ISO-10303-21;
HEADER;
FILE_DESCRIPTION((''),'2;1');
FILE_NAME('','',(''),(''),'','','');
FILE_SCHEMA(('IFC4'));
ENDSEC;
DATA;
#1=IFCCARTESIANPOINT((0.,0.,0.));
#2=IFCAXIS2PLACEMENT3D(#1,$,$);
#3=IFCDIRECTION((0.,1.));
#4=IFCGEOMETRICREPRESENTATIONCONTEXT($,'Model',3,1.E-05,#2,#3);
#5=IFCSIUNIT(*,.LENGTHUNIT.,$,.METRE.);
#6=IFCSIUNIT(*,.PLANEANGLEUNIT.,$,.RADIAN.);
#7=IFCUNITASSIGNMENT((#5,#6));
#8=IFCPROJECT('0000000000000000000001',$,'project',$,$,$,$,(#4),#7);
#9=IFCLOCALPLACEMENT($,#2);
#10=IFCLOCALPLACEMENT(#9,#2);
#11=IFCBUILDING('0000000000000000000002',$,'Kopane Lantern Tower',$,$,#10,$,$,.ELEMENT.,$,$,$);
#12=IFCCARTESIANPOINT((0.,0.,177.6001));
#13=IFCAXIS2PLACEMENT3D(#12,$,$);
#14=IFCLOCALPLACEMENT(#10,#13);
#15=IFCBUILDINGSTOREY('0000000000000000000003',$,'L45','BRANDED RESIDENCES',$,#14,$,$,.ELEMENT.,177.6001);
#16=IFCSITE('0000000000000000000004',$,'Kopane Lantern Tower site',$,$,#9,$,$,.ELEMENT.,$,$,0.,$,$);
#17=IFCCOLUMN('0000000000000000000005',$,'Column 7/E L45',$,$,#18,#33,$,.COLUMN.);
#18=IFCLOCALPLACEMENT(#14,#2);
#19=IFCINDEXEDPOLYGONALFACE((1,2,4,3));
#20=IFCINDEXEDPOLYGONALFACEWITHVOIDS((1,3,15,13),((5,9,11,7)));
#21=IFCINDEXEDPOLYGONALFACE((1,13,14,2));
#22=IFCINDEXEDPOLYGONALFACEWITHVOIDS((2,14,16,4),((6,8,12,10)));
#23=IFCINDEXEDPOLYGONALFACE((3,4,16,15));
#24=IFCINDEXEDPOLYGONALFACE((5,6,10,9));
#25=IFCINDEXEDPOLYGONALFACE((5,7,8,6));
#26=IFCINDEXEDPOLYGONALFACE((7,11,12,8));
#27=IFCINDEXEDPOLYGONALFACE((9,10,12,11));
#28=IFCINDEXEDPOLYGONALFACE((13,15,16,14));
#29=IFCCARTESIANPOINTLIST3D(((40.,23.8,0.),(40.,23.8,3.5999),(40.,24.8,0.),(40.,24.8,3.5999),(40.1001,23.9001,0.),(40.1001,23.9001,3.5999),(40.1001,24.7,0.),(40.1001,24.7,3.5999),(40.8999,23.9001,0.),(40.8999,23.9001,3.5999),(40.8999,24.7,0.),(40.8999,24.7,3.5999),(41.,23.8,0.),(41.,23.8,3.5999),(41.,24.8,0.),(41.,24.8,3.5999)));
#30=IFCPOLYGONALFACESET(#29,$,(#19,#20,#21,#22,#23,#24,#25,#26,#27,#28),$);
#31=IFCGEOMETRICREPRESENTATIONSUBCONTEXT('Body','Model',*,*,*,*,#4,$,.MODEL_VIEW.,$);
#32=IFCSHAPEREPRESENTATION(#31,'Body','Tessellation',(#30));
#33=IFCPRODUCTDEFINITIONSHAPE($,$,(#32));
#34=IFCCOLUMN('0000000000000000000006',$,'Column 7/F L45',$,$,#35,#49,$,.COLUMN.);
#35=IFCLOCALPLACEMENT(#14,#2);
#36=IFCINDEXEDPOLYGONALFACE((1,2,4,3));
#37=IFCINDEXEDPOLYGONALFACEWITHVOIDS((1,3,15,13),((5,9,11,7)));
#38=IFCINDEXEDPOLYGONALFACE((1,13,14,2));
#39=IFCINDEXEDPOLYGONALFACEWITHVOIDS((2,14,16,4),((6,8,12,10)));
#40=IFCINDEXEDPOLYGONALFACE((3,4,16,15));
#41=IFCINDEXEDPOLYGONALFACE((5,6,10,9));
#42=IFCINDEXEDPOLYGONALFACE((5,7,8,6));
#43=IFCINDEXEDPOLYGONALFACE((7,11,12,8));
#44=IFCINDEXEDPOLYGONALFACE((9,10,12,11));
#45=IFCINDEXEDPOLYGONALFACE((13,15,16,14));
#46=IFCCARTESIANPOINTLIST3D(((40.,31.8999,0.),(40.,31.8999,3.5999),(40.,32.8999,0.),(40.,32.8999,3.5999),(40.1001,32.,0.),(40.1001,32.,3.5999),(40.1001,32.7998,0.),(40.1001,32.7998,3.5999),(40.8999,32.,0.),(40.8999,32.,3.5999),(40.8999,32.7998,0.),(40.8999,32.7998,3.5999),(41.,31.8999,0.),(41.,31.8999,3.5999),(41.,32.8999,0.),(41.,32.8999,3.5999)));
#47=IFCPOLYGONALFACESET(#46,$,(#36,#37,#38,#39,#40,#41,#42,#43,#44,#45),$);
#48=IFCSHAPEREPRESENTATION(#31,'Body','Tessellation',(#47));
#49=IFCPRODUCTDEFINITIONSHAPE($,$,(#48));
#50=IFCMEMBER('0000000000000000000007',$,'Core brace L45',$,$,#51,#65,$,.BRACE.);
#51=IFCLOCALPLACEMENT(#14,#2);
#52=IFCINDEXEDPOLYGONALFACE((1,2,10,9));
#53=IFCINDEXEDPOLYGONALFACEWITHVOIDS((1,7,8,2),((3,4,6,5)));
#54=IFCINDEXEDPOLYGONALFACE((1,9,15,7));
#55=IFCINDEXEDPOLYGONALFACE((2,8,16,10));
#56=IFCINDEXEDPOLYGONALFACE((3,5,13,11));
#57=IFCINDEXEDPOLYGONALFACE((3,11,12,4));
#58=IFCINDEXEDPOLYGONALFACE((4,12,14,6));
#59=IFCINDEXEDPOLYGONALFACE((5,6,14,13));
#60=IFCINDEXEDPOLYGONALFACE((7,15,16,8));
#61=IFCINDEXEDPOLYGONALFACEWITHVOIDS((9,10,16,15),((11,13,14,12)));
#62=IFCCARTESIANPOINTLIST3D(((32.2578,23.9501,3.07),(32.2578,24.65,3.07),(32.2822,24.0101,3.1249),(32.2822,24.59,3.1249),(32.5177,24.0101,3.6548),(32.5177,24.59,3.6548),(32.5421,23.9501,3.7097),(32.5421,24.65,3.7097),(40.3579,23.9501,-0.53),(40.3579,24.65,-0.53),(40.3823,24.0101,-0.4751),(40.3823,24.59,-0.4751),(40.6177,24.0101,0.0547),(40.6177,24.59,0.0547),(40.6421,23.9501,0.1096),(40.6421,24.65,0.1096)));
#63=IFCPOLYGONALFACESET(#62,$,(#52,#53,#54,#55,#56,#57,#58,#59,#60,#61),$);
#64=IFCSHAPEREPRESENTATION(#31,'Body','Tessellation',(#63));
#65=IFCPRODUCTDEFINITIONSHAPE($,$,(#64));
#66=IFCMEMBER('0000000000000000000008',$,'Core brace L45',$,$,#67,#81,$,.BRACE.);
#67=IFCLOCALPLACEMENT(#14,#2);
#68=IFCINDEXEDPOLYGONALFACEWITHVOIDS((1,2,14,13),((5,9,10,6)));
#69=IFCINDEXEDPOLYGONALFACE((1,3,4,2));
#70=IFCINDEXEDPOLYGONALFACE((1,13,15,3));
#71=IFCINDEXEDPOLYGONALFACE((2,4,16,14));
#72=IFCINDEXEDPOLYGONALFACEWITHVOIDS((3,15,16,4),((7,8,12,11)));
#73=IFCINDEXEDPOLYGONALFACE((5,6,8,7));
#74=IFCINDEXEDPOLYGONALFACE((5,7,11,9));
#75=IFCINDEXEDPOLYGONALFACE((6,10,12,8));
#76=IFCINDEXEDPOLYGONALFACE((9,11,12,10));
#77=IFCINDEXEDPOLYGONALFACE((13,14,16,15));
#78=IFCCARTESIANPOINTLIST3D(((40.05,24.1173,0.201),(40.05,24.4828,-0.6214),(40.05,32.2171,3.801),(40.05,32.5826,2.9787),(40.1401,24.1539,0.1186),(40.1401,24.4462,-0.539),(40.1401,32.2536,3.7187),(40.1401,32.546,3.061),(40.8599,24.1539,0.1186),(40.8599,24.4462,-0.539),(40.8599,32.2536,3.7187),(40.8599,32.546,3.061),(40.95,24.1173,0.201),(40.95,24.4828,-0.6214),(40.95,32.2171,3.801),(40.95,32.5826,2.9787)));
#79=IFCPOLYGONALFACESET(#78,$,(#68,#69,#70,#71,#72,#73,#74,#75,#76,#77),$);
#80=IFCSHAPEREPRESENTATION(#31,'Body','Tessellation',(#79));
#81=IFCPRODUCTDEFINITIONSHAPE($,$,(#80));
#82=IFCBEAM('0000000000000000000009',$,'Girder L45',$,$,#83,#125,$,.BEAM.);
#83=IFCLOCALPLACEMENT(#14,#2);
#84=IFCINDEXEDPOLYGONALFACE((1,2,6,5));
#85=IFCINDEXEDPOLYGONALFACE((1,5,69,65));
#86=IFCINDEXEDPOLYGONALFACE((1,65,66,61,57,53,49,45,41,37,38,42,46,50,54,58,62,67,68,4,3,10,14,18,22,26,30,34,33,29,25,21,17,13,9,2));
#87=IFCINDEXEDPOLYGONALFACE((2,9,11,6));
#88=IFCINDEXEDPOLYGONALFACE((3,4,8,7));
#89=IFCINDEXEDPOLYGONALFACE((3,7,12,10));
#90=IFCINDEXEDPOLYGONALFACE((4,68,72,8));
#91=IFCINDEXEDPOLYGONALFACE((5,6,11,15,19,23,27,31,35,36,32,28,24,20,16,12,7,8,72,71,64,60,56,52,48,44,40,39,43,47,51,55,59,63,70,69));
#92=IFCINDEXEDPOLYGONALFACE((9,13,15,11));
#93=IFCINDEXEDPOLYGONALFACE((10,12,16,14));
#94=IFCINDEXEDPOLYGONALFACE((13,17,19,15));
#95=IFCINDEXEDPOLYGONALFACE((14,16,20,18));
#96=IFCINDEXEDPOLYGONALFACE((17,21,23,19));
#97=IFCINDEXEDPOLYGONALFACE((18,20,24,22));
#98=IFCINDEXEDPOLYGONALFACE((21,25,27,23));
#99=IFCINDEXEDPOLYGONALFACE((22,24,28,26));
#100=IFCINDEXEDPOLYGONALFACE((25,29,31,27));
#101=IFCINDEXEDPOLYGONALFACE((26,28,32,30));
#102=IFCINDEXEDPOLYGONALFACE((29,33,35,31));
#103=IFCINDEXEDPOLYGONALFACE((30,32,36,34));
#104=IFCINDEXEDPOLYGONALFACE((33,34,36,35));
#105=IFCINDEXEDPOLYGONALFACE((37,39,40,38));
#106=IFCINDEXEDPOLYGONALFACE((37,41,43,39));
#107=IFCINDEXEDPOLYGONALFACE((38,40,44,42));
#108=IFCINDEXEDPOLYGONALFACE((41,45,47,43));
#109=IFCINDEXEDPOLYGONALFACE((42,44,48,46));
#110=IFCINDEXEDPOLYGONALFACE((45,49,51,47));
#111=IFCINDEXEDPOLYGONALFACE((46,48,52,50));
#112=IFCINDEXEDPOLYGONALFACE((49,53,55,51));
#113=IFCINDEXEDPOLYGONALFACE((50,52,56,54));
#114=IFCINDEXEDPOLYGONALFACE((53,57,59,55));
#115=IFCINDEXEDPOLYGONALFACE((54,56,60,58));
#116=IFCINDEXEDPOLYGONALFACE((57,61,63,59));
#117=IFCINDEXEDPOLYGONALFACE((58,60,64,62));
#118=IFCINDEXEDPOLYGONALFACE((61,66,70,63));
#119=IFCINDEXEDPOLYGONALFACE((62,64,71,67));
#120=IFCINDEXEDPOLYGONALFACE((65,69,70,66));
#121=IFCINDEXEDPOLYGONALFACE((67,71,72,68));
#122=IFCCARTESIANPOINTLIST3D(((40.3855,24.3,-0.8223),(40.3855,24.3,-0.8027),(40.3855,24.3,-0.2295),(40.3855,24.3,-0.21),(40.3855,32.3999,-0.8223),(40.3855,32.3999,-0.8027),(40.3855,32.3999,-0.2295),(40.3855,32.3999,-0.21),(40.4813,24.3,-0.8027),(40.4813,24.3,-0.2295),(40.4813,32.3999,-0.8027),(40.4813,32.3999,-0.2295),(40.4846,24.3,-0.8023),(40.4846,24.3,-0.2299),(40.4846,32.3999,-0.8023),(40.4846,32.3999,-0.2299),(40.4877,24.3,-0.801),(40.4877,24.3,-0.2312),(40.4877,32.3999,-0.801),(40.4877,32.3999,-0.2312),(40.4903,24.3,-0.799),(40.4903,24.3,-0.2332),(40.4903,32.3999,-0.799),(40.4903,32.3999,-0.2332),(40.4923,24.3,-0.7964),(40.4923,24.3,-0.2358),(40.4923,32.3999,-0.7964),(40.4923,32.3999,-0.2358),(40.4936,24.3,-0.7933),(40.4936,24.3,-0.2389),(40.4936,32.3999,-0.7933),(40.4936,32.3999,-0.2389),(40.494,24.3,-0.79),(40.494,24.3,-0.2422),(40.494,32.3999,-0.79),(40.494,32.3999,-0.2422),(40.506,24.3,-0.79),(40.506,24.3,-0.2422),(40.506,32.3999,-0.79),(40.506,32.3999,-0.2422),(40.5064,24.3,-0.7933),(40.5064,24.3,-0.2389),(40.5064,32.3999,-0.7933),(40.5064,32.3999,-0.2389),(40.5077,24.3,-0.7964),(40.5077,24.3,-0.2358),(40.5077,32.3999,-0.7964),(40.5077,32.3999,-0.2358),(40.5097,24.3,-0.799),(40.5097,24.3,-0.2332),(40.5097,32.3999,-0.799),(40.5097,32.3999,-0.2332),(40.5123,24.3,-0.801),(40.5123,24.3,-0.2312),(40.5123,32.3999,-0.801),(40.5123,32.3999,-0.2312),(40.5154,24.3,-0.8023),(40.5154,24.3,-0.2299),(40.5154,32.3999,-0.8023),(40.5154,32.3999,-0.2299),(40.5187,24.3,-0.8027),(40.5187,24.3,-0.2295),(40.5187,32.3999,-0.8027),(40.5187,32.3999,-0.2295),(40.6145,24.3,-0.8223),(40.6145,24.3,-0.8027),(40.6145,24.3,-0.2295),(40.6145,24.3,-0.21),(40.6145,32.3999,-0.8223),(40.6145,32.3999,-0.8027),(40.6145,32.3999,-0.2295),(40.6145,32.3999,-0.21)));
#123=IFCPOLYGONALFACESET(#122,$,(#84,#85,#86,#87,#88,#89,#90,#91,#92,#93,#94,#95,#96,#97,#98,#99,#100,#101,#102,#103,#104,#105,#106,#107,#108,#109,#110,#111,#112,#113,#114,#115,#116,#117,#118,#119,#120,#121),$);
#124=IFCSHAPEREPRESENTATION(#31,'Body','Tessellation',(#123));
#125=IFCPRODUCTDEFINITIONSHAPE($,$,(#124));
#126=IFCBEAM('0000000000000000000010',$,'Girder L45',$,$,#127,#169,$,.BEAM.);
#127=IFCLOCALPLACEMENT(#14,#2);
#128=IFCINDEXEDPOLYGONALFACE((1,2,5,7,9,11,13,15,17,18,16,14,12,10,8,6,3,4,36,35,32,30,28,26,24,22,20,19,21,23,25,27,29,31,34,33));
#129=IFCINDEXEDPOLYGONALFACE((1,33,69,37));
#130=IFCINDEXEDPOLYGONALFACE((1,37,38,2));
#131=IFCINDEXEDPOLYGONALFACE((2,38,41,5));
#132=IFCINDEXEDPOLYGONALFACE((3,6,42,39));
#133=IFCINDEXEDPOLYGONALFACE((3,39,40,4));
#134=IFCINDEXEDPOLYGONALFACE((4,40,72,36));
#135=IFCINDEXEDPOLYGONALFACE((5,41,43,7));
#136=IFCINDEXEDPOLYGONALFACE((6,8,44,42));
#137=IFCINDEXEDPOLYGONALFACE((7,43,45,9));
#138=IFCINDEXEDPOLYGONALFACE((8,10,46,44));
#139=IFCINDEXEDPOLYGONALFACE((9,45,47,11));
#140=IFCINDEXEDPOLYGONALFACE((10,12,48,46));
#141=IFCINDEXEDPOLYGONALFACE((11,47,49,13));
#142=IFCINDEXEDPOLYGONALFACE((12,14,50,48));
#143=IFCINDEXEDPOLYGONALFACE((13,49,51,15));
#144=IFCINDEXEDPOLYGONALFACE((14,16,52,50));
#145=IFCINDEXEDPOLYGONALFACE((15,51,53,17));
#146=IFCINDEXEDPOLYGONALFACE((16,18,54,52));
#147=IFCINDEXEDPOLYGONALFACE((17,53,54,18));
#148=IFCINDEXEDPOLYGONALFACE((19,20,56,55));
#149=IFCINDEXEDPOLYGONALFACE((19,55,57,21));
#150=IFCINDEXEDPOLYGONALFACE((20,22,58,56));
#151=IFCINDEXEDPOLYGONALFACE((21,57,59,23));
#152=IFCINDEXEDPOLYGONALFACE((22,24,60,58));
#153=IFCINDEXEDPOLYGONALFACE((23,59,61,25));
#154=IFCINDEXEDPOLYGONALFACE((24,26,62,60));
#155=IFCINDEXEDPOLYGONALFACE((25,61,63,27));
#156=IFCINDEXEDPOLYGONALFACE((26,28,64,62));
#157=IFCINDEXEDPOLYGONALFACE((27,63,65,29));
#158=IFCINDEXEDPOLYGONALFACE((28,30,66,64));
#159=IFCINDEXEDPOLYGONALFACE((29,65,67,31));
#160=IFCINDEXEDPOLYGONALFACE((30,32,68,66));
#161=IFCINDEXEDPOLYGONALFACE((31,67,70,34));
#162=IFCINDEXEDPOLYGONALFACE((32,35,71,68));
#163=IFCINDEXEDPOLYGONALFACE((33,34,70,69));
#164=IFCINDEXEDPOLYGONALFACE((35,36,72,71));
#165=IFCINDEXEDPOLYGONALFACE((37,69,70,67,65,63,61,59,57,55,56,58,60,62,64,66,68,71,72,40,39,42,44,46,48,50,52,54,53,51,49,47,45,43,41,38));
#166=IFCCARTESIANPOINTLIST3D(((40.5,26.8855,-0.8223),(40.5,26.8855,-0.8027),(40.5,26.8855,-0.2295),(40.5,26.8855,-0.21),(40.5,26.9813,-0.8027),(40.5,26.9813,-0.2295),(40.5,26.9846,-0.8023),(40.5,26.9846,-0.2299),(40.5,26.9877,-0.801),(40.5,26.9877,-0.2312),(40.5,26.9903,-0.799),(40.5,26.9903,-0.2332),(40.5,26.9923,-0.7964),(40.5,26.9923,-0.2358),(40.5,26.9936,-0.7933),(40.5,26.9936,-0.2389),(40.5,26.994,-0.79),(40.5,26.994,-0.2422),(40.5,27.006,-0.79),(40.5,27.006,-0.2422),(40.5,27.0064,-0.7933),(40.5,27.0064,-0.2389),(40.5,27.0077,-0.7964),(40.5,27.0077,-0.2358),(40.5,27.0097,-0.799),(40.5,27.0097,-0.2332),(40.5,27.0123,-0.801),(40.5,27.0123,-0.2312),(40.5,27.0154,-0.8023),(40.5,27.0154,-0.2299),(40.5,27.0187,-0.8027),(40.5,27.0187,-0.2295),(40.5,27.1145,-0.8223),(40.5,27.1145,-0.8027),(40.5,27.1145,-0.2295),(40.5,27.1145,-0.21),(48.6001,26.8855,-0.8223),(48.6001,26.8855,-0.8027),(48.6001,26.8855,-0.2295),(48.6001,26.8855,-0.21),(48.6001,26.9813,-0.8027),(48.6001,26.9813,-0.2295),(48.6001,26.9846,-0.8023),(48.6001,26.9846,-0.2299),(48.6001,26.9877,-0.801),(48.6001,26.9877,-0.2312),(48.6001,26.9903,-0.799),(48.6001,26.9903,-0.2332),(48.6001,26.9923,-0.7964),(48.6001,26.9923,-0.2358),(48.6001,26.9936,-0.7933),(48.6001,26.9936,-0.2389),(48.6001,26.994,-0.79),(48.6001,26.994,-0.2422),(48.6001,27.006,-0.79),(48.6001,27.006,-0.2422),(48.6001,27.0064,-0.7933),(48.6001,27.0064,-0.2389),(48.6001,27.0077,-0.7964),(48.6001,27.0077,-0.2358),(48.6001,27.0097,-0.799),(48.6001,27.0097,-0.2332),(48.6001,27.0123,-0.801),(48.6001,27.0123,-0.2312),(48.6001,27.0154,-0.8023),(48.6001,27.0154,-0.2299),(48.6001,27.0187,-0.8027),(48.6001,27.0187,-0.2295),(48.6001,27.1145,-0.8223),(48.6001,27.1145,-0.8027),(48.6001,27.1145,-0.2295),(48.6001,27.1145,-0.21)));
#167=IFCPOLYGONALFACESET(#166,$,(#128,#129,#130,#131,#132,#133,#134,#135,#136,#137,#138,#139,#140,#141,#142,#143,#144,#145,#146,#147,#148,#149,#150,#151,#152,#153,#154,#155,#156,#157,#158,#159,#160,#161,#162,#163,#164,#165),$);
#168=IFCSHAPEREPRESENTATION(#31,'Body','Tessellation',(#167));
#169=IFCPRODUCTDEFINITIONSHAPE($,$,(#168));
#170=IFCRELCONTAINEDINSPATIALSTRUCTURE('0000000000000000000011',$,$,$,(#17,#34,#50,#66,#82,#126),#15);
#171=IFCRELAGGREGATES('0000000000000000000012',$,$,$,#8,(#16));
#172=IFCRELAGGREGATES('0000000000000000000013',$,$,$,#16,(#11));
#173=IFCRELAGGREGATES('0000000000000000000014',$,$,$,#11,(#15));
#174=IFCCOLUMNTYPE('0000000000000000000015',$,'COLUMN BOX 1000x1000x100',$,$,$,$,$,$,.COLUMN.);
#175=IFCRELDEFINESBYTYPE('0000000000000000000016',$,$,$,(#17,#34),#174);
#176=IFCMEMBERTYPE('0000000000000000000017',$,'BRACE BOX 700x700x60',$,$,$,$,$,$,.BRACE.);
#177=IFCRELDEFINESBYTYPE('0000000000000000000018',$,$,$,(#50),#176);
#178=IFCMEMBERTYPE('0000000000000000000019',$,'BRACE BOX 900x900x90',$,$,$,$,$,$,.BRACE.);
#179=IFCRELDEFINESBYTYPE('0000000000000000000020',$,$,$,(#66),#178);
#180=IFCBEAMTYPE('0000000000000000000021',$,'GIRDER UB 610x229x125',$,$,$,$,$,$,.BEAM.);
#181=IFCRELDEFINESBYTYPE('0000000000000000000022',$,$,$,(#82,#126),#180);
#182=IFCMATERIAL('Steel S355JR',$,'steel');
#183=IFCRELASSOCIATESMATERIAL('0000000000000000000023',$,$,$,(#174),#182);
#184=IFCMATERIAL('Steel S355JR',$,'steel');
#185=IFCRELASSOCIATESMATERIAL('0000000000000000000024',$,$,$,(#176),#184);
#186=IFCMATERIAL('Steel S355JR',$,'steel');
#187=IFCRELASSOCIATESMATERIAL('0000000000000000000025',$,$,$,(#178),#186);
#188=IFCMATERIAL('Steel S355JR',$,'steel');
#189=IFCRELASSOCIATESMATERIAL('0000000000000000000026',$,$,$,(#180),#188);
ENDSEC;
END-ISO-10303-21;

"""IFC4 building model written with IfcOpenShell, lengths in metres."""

from ifc_helpers import new_model, si_unit, direction, frame, origin, origin_2d, place, context, subcontext, project, spatial, hollow_rectangle, i_section, extrude, material, material_profile, profile_set, type_object, element, save


model = new_model("IFC4")

# Units and contexts
model_context = context("Model", 3, precision=1e-05, world=origin(), true_north=direction((0.0, 1.0)))
body_context = subcontext(model_context, "Body", "Model", "MODEL_VIEW")
ifc_project = project(units=[si_unit("LENGTHUNIT", "METRE"), si_unit("PLANEANGLEUNIT", "RADIAN")], contexts=[model_context])

# Site, building, storey
site_placement = place(None, origin())
site = spatial("IfcSite", under=ifc_project, at=site_placement, Name="Kopane Lantern Tower site", CompositionType="ELEMENT", RefElevation=0.0)
building_placement = place(site_placement, origin())
building = spatial("IfcBuilding", under=site, at=building_placement, Name="Kopane Lantern Tower", CompositionType="ELEMENT")
storey_placement = place(building_placement, frame((0.0, 0.0, 177.6001)))
storey = spatial("IfcBuildingStorey", under=building, at=storey_placement, Name="L45", Description="BRANDED RESIDENCES", CompositionType="ELEMENT", Elevation=177.6001)

# Columns
ifc_material_1 = material(Name="Steel S355JR", Category="steel")
ifc_material_profile_1 = material_profile(ifc_material_1, hollow_rectangle(XDim=1.0, YDim=1.0, WallThickness=0.1001, at=origin_2d()), Name="BOX 1000x1000x100")
ifc_profile_set_1 = profile_set([ifc_material_profile_1], Name="Steel S355JR")
column_type = type_object("IfcColumnType", Name="COLUMN BOX 1000x1000x100", PredefinedType="COLUMN", material=ifc_profile_set_1)
for number, where, z_axis, x_axis, name in (
    (1, (40.5, 24.3, 0.0), (0.0, 0.0, 1.0), (1.0, 0.0, 0.0), "Column 7/E L45"),
    (2, (40.5, 32.3999, 0.0), (0.0, 0.0, 1.0), (1.0, 0.0, 0.0), "Column 7/F L45"),
):
    element("IfcColumn", number, at=place(storey_placement, frame(where, z_axis=z_axis, x_axis=x_axis)), inside=storey, type_object=column_type, Name=name, PredefinedType="COLUMN", context=body_context, shape_type="SweptSolid", body=[
        extrude(hollow_rectangle(XDim=1.0, YDim=1.0, WallThickness=0.1001, at=origin_2d()), origin(), (0.0, 0.0, 1.0), 3.5999),
    ])

# Members
ifc_material_2 = material(Name="Steel S355JR", Category="steel")
ifc_material_profile_2 = material_profile(ifc_material_2, hollow_rectangle(XDim=0.7, YDim=0.7, WallThickness=0.0601, at=origin_2d()), Name="BOX 700x700x60")
ifc_profile_set_2 = profile_set([ifc_material_profile_2], Name="Steel S355JR")
member_type_1 = type_object("IfcMemberType", Name="BRACE BOX 700x700x60", PredefinedType="BRACE", material=ifc_profile_set_2)
member_1_placement = place(storey_placement, frame((40.5, 24.3, -0.2102), z_axis=(-0.913809, 0.0, 0.406144), x_axis=(0.0, -1.0, 0.0)))
element("IfcMember", 3, at=member_1_placement, inside=storey, type_object=member_type_1, Name="Core brace L45", PredefinedType="BRACE", context=body_context, shape_type="SweptSolid", body=[
    extrude(hollow_rectangle(XDim=0.7, YDim=0.7, WallThickness=0.0601, at=origin_2d()), origin(), (0.0, 0.0, 1.0), 8.864),
])
ifc_material_3 = material(Name="Steel S355JR", Category="steel")
ifc_material_profile_3 = material_profile(ifc_material_3, hollow_rectangle(XDim=0.8999, YDim=0.8999, WallThickness=0.0901, at=origin_2d()), Name="BOX 900x900x90")
ifc_profile_set_3 = profile_set([ifc_material_profile_3], Name="Steel S355JR")
member_type_2 = type_object("IfcMemberType", Name="BRACE BOX 900x900x90", PredefinedType="BRACE", material=ifc_profile_set_3)
member_2_placement = place(storey_placement, frame((40.5, 24.3, -0.2102), z_axis=(0.0, 0.913805, 0.406154), x_axis=(-1.0, 0.0, 0.0)))
element("IfcMember", 4, at=member_2_placement, inside=storey, type_object=member_type_2, Name="Core brace L45", PredefinedType="BRACE", context=body_context, shape_type="SweptSolid", body=[
    extrude(hollow_rectangle(XDim=0.8999, YDim=0.8999, WallThickness=0.0901, at=origin_2d()), origin(), (0.0, 0.0, 1.0), 8.8638),
])

# Beams
ifc_material_4 = material(Name="Steel S355JR", Category="steel")
ifc_material_profile_4 = material_profile(ifc_material_4, i_section(OverallWidth=0.229, OverallDepth=0.6123, WebThickness=0.012, FlangeThickness=0.0195, FilletRadius=0.0127, at=origin_2d()), Name="UB 610x229x125")
ifc_profile_set_4 = profile_set([ifc_material_profile_4], Name="Steel S355JR")
beam_type = type_object("IfcBeamType", Name="GIRDER UB 610x229x125", PredefinedType="BEAM", material=ifc_profile_set_4)
beam_1_placement = place(storey_placement, frame((40.5, 24.3, -0.5161), z_axis=(0.0, 1.0, 0.0), x_axis=(-1.0, 0.0, 0.0)))
element("IfcBeam", 5, at=beam_1_placement, inside=storey, type_object=beam_type, Name="Girder L45", PredefinedType="BEAM", context=body_context, shape_type="SweptSolid", body=[
    extrude(i_section(OverallWidth=0.229, OverallDepth=0.6123, WebThickness=0.012, FlangeThickness=0.0195, FilletRadius=0.0127, at=origin_2d()), origin(), (0.0, 0.0, 1.0), 8.0999),
])
beam_2_placement = place(storey_placement, frame((40.5, 27.0, -0.5161), z_axis=(1.0, 0.0, 0.0), x_axis=(0.0, 1.0, 0.0)))
element("IfcBeam", 6, at=beam_2_placement, inside=storey, type_object=beam_type, Name="Girder L45", PredefinedType="BEAM", context=body_context, shape_type="SweptSolid", body=[
    extrude(i_section(OverallWidth=0.229, OverallDepth=0.6123, WebThickness=0.012, FlangeThickness=0.0195, FilletRadius=0.0127, at=origin_2d()), origin(), (0.0, 0.0, 1.0), 8.1001),
])

save(model, "model.ifc")
